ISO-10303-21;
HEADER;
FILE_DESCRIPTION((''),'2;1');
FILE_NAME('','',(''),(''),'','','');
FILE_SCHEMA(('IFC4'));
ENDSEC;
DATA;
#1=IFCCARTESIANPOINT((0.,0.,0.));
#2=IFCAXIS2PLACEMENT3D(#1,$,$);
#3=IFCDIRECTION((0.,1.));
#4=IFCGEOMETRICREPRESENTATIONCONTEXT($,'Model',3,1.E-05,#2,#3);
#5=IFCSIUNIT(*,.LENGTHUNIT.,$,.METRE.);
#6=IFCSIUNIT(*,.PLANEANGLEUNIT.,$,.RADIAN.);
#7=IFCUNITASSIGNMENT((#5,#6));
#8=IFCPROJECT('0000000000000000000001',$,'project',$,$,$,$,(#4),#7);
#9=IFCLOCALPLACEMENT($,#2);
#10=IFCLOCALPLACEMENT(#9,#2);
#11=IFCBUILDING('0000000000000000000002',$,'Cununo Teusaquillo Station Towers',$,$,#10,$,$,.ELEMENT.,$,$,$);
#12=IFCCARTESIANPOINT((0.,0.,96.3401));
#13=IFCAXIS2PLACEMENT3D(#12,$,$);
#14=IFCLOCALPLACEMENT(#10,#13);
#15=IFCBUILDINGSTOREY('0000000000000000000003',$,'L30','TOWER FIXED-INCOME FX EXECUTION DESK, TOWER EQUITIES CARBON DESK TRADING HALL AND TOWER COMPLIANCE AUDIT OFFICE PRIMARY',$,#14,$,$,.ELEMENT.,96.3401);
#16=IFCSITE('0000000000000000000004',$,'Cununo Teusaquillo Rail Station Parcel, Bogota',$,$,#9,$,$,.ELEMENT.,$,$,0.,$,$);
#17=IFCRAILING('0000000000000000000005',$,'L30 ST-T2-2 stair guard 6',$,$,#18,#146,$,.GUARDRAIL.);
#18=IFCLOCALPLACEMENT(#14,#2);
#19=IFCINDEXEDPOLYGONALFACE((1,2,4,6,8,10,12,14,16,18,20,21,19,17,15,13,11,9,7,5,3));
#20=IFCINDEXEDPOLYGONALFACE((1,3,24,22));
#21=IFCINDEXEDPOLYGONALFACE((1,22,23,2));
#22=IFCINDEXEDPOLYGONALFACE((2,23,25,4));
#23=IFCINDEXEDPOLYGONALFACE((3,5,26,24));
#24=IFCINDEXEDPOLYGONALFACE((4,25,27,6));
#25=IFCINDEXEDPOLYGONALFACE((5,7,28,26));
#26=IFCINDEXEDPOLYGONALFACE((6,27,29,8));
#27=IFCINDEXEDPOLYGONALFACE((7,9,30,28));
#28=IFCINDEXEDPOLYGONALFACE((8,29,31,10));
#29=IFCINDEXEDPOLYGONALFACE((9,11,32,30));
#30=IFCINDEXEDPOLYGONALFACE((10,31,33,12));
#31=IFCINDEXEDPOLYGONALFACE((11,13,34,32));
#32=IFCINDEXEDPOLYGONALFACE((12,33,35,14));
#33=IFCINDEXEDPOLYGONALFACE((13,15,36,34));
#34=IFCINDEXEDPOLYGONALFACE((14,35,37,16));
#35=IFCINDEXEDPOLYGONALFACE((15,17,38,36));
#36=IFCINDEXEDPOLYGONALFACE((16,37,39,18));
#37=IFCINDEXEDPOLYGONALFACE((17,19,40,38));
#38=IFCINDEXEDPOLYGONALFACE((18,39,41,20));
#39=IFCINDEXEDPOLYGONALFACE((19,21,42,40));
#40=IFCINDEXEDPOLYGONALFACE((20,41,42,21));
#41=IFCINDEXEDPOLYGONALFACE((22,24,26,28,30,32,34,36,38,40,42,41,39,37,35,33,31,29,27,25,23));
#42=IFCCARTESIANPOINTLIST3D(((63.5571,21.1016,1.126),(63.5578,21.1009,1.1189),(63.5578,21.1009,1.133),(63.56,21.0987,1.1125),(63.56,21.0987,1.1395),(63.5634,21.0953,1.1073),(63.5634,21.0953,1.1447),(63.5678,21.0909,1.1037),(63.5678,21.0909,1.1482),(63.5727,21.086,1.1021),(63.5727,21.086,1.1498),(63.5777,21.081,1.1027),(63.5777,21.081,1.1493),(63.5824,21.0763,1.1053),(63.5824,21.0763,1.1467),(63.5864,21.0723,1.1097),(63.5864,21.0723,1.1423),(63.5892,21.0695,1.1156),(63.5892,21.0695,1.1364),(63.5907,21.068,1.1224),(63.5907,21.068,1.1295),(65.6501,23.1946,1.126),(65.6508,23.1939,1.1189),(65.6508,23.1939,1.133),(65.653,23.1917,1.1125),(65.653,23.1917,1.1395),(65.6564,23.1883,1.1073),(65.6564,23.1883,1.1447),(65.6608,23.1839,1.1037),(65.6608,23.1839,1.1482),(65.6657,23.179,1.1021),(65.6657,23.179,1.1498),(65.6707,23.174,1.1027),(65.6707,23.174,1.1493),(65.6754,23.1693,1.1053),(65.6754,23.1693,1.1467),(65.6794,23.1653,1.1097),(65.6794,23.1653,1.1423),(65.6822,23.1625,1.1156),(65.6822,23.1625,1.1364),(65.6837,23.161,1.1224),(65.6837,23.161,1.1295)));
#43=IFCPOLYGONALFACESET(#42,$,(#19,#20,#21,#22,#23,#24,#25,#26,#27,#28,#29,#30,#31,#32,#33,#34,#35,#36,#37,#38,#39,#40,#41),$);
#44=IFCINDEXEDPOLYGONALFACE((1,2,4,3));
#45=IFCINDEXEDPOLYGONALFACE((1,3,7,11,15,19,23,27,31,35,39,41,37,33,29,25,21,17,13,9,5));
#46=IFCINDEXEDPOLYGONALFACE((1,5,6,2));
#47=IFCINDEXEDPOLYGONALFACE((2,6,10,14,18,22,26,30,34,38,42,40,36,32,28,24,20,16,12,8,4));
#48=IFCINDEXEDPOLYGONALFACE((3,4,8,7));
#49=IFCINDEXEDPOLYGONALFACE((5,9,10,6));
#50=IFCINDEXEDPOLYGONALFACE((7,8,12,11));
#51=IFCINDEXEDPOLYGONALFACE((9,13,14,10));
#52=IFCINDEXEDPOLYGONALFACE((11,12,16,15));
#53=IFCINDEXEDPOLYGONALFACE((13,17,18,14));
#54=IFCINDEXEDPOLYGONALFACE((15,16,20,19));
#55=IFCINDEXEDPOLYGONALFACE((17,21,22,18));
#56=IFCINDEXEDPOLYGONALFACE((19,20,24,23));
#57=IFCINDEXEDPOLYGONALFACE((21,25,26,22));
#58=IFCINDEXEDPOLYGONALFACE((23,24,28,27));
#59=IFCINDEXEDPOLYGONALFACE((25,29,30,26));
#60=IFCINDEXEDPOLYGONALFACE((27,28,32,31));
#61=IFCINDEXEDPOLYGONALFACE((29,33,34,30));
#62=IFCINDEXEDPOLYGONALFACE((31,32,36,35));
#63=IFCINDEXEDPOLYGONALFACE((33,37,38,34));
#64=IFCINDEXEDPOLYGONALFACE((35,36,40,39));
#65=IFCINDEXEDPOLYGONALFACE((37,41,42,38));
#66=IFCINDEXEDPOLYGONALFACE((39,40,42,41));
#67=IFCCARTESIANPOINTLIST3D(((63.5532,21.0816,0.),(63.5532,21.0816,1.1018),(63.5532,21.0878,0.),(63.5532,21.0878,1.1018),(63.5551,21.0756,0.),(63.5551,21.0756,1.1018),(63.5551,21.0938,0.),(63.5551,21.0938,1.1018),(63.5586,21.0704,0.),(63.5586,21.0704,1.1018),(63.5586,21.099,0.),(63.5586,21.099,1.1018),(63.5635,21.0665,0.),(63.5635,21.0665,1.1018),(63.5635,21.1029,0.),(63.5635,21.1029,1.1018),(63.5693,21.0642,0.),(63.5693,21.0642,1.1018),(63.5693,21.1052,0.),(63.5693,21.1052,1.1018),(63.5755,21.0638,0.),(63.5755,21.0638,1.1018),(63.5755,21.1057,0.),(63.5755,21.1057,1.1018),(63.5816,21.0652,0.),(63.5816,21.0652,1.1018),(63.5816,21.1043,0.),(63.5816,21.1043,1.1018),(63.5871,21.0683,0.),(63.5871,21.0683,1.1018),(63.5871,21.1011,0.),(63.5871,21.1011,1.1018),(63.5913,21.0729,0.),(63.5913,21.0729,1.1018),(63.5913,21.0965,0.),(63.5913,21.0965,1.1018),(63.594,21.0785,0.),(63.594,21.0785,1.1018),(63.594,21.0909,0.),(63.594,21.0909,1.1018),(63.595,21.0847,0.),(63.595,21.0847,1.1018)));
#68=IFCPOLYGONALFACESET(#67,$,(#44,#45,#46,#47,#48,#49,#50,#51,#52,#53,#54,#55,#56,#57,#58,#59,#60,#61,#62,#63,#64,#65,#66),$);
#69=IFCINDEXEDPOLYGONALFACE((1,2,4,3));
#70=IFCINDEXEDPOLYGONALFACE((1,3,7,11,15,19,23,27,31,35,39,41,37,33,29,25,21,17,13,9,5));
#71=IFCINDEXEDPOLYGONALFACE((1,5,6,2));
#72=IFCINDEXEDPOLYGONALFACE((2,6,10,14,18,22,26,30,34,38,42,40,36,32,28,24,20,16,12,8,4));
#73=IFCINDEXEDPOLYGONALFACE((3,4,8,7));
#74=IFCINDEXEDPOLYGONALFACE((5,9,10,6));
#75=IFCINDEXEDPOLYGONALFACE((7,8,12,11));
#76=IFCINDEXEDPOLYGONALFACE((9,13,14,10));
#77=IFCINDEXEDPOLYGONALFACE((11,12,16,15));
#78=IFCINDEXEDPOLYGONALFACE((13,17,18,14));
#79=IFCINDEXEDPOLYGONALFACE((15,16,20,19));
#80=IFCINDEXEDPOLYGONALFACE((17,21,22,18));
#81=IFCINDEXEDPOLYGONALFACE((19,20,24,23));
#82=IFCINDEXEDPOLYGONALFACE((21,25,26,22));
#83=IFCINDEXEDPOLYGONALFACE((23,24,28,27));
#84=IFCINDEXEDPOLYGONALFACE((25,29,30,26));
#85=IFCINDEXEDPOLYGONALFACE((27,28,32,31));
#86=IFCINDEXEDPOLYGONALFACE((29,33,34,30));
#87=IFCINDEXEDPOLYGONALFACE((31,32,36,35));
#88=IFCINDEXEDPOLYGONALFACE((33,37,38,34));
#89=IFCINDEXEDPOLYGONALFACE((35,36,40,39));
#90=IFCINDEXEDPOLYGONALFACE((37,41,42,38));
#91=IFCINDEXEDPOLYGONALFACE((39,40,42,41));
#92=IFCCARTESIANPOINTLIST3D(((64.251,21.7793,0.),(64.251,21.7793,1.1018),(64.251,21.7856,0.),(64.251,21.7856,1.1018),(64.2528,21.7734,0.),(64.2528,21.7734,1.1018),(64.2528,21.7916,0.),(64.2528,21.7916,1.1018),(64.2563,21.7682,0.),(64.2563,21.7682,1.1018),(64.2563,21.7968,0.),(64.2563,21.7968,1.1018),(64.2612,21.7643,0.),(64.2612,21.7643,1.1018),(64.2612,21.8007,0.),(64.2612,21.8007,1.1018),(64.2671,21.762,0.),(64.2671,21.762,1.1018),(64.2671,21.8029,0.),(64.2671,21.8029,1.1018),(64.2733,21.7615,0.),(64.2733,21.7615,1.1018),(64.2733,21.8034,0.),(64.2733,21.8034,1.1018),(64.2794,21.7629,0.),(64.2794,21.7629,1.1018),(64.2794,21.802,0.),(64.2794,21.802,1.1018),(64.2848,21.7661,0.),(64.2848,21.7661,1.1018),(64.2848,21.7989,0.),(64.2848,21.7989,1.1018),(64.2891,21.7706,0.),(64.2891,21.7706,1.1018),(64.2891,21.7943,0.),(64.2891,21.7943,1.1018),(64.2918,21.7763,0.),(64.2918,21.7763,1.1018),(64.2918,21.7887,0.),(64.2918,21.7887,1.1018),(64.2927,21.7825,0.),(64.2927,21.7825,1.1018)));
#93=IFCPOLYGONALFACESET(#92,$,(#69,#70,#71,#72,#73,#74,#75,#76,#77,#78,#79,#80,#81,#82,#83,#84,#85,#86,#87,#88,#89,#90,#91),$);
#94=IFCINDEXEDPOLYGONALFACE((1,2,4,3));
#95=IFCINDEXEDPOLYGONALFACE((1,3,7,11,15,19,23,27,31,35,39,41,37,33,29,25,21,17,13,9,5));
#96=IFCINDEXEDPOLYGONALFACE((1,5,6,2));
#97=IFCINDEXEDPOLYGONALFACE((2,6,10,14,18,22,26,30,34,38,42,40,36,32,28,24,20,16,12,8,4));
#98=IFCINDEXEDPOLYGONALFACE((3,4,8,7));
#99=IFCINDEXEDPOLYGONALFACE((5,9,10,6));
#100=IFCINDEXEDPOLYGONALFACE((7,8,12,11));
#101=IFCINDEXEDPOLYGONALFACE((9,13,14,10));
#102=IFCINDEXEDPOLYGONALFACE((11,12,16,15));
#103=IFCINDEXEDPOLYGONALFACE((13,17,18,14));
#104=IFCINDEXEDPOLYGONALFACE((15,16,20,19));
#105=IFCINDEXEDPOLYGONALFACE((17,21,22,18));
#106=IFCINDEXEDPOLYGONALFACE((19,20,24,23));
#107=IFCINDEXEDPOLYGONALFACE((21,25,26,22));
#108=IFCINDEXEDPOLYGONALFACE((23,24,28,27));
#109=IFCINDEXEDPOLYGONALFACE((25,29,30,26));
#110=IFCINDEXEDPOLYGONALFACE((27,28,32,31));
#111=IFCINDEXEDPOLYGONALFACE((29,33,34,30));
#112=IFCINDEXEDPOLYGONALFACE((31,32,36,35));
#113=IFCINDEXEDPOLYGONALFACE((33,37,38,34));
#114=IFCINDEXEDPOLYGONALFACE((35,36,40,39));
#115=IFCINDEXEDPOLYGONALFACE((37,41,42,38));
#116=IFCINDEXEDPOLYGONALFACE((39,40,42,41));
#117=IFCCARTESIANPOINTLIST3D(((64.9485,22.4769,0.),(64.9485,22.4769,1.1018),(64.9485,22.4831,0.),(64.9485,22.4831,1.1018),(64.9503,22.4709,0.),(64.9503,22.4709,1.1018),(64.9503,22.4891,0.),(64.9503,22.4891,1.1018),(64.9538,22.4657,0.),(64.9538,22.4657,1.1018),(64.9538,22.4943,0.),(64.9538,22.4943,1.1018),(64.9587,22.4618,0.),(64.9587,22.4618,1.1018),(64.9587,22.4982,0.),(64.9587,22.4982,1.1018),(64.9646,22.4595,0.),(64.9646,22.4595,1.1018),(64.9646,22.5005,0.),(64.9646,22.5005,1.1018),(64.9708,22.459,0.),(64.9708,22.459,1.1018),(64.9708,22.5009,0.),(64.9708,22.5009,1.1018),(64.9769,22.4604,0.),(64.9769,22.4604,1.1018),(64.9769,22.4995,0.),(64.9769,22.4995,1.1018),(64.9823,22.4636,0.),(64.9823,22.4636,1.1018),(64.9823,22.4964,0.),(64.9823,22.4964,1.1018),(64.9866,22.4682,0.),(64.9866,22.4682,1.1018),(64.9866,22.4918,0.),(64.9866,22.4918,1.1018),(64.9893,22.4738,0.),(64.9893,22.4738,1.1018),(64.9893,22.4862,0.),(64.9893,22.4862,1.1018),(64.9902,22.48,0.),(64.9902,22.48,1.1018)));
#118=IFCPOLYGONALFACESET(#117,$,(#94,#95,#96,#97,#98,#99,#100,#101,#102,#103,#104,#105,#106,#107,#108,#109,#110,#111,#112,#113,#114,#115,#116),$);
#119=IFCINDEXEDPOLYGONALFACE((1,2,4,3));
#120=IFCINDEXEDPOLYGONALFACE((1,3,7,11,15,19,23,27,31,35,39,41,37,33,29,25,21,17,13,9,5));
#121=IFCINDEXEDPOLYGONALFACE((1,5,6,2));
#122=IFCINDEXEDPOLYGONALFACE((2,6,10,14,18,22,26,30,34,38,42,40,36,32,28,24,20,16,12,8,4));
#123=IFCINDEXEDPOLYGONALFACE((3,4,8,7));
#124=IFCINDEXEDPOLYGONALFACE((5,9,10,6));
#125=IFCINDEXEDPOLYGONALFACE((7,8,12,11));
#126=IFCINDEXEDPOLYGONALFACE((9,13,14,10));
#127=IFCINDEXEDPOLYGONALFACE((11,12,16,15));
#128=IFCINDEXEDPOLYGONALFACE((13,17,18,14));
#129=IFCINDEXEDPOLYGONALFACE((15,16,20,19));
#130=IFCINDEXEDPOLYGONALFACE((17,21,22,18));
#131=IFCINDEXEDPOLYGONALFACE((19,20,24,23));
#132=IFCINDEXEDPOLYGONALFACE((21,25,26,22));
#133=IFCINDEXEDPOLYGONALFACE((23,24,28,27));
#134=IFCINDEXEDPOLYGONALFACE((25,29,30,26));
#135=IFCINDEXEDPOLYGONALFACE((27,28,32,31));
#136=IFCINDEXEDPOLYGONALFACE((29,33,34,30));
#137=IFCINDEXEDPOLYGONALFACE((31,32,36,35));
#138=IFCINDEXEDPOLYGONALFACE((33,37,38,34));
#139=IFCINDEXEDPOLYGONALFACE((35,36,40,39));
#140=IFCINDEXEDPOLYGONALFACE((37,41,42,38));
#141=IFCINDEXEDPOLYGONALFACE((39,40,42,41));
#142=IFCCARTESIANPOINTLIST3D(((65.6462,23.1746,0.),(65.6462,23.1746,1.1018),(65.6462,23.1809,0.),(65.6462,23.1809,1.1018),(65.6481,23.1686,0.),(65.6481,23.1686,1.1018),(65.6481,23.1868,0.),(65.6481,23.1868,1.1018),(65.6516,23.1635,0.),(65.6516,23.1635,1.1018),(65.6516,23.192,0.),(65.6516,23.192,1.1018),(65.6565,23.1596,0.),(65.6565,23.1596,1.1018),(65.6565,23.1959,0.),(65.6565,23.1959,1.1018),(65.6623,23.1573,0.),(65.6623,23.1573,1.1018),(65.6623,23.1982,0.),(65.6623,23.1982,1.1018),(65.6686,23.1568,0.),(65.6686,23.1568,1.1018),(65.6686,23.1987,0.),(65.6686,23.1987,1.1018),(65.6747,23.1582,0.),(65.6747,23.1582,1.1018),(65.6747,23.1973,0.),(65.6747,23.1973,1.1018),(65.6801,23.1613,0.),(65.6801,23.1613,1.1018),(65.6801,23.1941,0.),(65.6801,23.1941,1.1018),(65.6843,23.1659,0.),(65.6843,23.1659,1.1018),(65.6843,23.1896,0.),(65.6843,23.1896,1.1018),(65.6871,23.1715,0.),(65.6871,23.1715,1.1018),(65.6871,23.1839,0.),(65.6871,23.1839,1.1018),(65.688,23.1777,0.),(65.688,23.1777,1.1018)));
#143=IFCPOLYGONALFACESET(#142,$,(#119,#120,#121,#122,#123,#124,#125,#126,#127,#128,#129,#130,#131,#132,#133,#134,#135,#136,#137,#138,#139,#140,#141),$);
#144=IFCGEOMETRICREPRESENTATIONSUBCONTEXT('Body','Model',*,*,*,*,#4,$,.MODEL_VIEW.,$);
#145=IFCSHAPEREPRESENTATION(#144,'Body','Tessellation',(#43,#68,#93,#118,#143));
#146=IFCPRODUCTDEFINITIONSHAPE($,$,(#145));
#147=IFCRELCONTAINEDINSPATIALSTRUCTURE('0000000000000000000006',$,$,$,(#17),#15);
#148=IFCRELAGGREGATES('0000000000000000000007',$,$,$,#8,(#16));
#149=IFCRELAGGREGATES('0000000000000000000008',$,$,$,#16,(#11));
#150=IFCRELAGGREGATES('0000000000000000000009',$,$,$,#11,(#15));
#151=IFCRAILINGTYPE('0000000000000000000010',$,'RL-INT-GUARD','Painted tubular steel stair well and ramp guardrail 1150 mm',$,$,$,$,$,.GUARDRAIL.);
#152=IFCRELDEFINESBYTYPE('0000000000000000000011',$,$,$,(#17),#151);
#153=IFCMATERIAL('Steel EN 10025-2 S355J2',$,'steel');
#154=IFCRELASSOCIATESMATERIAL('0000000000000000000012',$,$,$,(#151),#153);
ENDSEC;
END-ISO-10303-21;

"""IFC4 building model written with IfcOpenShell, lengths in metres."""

from ifc_helpers import new_model, si_unit, direction, frame, origin, origin_2d, place, context, subcontext, project, spatial, circle, extrude, material, type_object, element, save


model = new_model("IFC4")

# Units and contexts
model_context = context("Model", 3, precision=1e-05, world=origin(), true_north=direction((0.0, 1.0)))
body_context = subcontext(model_context, "Body", "Model", "MODEL_VIEW")
ifc_project = project(units=[si_unit("LENGTHUNIT", "METRE"), si_unit("PLANEANGLEUNIT", "RADIAN")], contexts=[model_context])

# Site, building, storey
site_placement = place(None, origin())
site = spatial("IfcSite", under=ifc_project, at=site_placement, Name="Cununo Teusaquillo Rail Station Parcel, Bogota", CompositionType="ELEMENT", RefElevation=0.0)
building_placement = place(site_placement, origin())
building = spatial("IfcBuilding", under=site, at=building_placement, Name="Cununo Teusaquillo Station Towers", CompositionType="ELEMENT")
storey_placement = place(building_placement, frame((0.0, 0.0, 96.3401)))
storey = spatial("IfcBuildingStorey", under=building, at=storey_placement, Name="L30", Description="TOWER FIXED-INCOME FX EXECUTION DESK, TOWER EQUITIES CARBON DESK TRADING HALL AND TOWER COMPLIANCE AUDIT OFFICE PRIMARY", CompositionType="ELEMENT", Elevation=96.3401)

# Railing
ifc_material_1 = material(Name="Steel EN 10025-2 S355J2", Category="steel")
railing_type = type_object("IfcRailingType", Name="RL-INT-GUARD", Description="Painted tubular steel stair well and ramp guardrail 1150 mm", PredefinedType="GUARDRAIL", material=ifc_material_1)
railing_1_placement = place(storey_placement, frame((63.574, 21.0847, 0.0)))
element("IfcRailing", 1, at=railing_1_placement, inside=storey, type_object=railing_type, Name="L30 ST-T2-2 stair guard 6", PredefinedType="GUARDRAIL", context=body_context, shape_type="SweptSolid", body=[
    extrude(circle(Radius=0.0239, at=origin_2d()), frame((0.0, 0.0, 1.126), z_axis=(0.707107, 0.707107, 0.0), x_axis=(-0.707107, 0.707107, 0.0)), (0.0, 0.0, 1.0), 2.96),
    extrude(circle(Radius=0.021, at=origin_2d()), origin(), (0.0, 0.0, 1.0), 1.1018),
    extrude(circle(Radius=0.021, at=origin_2d()), frame((0.6978, 0.6978, 0.0)), (0.0, 0.0, 1.0), 1.1018),
    extrude(circle(Radius=0.021, at=origin_2d()), frame((1.3953, 1.3953, 0.0)), (0.0, 0.0, 1.0), 1.1018),
    extrude(circle(Radius=0.021, at=origin_2d()), frame((2.093, 2.093, 0.0)), (0.0, 0.0, 1.0), 1.1018),
])

save(model, "model.ifc")
